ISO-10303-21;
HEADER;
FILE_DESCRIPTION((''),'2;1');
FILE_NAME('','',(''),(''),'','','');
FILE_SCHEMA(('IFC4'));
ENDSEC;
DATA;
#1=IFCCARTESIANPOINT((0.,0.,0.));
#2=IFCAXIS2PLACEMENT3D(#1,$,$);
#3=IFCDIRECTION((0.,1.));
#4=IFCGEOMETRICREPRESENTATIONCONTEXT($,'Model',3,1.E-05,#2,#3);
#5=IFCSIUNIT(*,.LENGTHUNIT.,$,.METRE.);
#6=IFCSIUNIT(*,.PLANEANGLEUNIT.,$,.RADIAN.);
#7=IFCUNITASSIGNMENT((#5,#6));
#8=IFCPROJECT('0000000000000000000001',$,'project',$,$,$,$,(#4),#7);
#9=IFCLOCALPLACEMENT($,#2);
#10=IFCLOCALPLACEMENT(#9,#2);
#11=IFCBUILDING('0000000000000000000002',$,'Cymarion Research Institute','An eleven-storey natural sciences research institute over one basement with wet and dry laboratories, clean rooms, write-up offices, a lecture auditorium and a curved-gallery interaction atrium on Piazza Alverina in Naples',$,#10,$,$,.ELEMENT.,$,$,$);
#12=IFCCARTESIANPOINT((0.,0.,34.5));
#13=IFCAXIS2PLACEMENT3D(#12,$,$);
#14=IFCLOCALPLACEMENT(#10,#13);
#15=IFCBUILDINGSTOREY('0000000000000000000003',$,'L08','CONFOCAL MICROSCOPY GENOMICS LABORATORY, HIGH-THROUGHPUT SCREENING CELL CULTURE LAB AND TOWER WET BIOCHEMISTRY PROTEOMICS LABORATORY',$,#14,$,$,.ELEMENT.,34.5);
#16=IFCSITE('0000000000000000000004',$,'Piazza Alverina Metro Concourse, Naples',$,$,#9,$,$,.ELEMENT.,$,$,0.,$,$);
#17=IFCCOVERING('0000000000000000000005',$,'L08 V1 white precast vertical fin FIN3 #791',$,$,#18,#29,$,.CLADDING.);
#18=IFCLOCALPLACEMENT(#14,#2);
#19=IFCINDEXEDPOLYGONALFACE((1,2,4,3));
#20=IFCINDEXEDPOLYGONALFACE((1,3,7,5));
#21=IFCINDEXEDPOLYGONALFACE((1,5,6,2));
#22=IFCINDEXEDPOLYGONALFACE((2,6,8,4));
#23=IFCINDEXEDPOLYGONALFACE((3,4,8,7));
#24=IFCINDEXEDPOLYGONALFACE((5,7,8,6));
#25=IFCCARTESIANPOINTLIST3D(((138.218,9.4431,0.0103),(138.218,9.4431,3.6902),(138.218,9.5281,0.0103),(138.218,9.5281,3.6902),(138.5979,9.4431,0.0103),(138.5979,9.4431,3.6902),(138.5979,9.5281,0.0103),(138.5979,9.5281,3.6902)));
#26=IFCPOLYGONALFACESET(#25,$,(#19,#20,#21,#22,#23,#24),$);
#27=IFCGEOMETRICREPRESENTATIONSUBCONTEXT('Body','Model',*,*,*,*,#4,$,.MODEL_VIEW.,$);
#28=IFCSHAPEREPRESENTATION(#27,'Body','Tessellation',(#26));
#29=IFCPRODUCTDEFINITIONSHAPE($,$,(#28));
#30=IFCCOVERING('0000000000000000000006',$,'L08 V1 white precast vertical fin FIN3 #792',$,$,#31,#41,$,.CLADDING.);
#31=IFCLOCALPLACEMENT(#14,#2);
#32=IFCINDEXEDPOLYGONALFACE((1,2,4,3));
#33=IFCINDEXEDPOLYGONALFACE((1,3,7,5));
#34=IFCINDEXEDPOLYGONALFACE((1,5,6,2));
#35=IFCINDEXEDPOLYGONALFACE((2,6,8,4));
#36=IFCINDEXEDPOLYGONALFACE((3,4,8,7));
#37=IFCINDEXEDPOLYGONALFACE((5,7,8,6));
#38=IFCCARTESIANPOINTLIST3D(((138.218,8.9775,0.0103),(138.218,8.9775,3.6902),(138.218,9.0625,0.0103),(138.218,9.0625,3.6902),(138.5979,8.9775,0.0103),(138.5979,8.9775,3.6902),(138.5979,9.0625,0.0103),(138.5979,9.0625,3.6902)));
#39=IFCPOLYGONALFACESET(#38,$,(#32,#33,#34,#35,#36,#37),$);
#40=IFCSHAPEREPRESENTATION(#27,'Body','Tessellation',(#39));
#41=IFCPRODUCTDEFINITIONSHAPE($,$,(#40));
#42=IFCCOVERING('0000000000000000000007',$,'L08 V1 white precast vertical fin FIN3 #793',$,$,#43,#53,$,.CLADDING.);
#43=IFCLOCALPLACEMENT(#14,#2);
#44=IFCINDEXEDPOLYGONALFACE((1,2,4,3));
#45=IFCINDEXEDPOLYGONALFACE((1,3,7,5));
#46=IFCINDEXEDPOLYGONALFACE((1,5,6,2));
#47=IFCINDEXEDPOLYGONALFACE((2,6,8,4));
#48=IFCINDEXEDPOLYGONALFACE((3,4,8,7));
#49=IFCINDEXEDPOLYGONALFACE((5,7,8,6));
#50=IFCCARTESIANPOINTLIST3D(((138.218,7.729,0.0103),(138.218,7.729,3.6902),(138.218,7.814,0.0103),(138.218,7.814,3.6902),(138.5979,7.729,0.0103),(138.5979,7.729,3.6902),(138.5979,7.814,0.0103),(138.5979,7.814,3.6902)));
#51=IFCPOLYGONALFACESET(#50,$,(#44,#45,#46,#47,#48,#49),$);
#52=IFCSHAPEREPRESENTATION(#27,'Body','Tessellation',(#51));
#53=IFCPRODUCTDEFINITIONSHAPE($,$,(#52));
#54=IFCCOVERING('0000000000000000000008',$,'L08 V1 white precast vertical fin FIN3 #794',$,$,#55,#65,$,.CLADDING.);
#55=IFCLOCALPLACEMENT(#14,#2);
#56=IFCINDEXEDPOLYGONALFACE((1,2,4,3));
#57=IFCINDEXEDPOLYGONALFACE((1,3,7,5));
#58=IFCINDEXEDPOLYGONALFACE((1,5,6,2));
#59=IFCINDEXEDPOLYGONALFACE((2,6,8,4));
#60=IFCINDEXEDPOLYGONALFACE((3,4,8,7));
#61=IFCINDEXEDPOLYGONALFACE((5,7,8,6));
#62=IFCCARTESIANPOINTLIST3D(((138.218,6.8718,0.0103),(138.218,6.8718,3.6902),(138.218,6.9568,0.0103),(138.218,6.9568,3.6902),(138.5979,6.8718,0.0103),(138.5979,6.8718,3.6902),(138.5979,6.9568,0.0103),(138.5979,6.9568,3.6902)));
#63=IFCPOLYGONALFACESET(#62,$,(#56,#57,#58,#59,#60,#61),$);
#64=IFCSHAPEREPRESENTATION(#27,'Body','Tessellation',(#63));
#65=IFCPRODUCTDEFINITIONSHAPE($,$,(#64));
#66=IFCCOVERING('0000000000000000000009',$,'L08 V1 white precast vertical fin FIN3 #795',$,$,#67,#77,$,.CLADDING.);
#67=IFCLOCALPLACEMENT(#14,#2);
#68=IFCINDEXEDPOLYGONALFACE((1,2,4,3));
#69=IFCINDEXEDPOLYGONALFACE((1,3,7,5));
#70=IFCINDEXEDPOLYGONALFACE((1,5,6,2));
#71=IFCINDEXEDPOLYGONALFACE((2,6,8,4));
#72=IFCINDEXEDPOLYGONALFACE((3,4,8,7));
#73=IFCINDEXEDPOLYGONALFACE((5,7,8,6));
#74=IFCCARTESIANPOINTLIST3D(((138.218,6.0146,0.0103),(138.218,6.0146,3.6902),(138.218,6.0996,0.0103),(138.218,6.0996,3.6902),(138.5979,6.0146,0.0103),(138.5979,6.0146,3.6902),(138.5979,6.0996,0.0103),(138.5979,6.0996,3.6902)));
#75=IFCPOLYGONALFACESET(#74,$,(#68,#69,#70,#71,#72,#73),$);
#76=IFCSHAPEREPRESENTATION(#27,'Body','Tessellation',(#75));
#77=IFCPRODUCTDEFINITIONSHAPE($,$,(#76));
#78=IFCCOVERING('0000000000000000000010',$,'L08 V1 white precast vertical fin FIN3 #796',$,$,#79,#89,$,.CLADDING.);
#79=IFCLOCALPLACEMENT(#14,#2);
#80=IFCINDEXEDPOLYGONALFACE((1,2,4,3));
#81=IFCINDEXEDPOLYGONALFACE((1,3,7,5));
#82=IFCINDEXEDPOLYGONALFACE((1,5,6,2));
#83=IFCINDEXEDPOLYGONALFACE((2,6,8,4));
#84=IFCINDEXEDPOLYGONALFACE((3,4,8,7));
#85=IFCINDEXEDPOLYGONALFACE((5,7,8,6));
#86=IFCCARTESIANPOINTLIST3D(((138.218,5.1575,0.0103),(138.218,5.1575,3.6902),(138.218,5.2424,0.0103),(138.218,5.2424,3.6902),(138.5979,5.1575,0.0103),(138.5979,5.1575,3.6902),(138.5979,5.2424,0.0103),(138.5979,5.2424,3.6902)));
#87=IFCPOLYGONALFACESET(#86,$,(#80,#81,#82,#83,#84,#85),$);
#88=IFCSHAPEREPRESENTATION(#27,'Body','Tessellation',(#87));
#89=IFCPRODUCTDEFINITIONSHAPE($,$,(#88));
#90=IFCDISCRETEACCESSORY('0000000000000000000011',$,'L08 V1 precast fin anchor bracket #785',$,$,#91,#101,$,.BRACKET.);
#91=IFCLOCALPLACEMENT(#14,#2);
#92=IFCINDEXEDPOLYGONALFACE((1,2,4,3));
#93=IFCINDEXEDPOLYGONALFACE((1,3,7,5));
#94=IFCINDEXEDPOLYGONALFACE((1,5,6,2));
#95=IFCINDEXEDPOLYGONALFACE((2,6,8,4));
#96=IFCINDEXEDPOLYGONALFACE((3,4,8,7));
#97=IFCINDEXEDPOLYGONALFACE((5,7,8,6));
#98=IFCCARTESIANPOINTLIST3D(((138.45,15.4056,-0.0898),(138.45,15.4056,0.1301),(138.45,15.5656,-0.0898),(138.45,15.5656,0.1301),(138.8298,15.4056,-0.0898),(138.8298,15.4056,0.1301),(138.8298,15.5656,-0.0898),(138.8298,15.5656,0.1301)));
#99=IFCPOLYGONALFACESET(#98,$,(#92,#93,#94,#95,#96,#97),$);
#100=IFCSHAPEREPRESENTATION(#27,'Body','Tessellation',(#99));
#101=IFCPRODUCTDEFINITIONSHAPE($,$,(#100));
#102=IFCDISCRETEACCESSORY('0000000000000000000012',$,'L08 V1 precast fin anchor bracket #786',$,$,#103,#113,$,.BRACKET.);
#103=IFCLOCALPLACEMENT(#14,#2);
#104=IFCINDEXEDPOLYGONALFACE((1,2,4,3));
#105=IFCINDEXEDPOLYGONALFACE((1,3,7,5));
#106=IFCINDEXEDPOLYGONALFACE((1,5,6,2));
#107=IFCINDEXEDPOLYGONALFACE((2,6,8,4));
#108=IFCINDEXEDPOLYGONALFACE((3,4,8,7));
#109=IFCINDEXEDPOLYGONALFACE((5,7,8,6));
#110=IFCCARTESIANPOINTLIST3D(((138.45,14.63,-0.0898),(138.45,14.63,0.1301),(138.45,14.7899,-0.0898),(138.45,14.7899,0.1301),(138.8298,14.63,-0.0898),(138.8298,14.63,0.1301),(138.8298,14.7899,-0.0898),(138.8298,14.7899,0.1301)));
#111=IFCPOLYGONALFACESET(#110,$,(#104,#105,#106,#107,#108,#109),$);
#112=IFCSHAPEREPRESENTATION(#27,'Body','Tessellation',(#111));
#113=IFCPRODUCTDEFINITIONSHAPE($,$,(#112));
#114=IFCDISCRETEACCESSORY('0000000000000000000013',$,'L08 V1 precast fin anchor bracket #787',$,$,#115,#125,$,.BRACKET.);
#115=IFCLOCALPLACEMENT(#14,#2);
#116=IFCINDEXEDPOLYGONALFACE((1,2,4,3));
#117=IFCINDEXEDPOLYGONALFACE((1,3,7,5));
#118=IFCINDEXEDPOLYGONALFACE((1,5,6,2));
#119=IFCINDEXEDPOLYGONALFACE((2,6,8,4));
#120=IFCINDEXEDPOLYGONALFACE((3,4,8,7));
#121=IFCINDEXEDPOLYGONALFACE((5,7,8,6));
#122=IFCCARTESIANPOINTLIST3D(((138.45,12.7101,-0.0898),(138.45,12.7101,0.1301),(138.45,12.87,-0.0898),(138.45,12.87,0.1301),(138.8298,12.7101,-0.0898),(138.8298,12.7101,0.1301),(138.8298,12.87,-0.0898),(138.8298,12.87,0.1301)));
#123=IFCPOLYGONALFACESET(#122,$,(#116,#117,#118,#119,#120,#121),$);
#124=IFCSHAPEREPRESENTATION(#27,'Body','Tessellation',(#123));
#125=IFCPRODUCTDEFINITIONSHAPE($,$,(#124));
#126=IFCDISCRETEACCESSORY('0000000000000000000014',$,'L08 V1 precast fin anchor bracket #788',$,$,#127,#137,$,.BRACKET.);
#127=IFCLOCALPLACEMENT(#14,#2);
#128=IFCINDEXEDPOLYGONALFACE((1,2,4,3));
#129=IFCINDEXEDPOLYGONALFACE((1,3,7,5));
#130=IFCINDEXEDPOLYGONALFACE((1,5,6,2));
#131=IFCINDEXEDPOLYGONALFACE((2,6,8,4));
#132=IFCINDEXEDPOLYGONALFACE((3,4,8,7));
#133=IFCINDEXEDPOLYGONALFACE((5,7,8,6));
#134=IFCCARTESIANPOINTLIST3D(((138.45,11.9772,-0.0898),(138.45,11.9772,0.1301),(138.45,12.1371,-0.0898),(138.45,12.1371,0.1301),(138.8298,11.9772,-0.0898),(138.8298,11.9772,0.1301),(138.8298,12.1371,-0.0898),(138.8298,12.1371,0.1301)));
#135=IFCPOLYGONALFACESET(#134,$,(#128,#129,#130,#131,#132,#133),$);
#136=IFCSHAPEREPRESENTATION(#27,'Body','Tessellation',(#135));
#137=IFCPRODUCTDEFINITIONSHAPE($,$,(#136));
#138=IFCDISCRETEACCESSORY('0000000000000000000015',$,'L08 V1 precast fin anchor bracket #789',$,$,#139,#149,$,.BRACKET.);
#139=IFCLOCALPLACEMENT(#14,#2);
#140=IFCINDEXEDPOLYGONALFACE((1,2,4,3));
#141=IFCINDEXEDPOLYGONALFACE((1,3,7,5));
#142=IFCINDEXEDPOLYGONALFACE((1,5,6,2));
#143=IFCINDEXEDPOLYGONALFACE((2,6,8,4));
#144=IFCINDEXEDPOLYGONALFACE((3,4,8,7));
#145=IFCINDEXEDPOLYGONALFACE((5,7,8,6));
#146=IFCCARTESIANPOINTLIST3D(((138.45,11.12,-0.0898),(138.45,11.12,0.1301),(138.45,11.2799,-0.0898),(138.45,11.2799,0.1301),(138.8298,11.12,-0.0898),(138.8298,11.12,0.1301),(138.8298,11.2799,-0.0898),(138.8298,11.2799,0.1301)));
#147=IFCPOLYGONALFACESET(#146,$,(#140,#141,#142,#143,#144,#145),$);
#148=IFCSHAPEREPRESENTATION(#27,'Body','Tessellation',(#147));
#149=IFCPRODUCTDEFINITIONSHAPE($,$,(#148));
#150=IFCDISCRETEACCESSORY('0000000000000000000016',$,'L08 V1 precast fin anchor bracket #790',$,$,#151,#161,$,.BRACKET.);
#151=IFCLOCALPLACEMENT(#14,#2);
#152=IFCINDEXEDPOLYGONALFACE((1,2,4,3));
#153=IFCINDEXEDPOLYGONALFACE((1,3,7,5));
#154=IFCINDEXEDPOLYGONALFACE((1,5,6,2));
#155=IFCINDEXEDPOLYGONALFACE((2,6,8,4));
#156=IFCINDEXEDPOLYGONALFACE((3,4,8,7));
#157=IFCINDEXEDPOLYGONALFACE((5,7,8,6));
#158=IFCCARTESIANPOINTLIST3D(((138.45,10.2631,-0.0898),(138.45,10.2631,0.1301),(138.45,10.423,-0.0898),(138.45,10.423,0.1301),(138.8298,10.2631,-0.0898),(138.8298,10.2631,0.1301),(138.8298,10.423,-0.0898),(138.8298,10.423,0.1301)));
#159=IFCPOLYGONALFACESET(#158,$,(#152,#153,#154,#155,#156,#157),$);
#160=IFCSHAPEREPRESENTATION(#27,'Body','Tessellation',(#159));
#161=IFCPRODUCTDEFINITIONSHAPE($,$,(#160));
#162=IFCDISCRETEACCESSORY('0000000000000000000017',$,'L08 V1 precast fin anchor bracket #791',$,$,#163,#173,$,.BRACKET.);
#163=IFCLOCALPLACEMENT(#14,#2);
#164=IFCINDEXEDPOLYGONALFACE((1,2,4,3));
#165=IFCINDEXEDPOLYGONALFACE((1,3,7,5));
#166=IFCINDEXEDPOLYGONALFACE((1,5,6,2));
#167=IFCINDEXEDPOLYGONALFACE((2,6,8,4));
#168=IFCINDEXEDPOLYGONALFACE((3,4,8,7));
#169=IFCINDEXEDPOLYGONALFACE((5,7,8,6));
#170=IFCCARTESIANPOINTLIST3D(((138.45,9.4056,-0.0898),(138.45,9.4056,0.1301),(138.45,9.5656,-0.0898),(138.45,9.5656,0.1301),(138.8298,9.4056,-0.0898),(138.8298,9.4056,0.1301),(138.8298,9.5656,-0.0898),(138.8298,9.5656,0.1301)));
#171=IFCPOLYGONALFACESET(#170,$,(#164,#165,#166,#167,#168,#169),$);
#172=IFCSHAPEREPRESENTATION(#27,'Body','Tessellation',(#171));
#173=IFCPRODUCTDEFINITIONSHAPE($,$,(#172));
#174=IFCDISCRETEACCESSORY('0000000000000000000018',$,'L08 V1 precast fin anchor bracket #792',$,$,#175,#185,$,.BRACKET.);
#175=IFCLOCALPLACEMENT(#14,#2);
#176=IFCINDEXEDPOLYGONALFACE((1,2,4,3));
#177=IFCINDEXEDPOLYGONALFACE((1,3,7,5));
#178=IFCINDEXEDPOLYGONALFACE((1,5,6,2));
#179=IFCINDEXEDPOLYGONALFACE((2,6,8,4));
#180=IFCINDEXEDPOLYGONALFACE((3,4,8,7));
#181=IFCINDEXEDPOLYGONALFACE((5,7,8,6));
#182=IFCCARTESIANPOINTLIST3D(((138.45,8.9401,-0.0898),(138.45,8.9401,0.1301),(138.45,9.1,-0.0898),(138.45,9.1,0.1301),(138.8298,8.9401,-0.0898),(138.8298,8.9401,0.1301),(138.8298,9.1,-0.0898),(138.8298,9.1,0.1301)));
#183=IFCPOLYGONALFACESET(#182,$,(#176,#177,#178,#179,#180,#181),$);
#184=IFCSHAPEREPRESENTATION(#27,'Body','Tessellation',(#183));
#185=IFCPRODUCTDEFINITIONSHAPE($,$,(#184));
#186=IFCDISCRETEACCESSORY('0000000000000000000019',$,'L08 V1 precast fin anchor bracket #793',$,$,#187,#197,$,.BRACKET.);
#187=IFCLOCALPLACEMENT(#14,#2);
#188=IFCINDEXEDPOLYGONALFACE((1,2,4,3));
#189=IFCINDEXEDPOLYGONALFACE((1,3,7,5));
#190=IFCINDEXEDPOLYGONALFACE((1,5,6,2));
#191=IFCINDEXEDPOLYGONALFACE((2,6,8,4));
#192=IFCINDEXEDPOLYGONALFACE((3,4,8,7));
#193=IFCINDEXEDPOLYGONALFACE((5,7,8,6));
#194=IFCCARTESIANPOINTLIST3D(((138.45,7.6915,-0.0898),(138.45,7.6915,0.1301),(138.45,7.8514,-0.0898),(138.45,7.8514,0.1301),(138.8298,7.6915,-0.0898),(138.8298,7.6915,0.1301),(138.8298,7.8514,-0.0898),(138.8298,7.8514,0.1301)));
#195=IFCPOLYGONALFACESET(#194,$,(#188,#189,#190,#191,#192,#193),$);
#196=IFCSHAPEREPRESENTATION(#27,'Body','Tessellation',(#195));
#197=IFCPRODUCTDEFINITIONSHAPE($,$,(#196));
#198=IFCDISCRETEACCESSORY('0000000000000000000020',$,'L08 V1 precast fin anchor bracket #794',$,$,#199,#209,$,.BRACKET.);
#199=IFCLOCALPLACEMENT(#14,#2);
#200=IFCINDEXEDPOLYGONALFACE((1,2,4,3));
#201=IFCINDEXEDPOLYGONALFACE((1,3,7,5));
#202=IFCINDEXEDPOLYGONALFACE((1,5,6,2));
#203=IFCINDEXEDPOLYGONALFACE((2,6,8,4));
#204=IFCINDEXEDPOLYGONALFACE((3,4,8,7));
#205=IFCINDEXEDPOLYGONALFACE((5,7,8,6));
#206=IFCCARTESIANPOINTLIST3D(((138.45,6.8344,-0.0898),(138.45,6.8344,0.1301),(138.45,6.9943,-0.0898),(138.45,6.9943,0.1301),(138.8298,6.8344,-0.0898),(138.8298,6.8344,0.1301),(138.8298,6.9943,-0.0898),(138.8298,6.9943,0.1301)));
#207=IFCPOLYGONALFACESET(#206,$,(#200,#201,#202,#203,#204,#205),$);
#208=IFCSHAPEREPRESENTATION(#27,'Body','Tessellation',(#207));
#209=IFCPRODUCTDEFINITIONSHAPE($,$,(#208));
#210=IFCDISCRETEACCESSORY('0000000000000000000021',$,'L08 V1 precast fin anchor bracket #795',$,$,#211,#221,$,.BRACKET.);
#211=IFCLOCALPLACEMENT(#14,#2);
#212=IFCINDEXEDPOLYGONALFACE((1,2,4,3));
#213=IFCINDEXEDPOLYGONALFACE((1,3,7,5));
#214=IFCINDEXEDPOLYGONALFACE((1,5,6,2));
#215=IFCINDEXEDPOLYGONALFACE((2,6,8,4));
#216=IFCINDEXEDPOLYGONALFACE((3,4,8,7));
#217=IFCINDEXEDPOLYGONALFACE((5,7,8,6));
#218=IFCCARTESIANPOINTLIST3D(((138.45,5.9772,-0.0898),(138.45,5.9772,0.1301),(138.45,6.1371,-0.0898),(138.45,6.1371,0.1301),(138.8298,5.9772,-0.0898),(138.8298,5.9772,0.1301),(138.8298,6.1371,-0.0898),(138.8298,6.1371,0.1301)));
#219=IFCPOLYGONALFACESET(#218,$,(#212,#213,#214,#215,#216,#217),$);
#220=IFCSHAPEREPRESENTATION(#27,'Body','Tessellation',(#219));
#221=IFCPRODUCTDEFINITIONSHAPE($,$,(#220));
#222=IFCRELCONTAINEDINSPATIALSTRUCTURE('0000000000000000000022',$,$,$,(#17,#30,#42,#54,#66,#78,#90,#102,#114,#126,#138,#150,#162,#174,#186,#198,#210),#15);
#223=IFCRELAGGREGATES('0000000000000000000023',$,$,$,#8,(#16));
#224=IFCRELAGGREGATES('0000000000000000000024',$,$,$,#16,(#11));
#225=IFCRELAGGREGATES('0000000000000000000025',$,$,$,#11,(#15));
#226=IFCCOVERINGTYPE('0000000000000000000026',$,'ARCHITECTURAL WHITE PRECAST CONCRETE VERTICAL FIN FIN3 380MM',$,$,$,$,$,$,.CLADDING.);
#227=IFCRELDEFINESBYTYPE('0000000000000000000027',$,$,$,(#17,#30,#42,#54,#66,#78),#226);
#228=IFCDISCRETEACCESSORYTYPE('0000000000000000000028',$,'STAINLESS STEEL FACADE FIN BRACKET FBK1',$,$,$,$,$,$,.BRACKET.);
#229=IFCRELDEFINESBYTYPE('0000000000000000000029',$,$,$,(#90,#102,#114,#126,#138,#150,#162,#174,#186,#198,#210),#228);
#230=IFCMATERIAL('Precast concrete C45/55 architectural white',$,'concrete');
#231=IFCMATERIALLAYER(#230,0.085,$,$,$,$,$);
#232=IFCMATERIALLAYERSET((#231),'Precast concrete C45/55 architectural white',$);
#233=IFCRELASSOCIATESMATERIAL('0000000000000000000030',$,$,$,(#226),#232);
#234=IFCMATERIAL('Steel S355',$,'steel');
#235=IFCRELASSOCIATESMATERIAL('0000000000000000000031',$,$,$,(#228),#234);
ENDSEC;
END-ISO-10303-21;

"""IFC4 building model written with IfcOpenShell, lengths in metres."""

from ifc_helpers import new_model, si_unit, direction, frame, origin, origin_2d, place, context, subcontext, project, spatial, rectangle, extrude, material, layer, layer_set, type_object, element, save


model = new_model("IFC4")

# Units and contexts
model_context = context("Model", 3, precision=1e-05, world=origin(), true_north=direction((0.0, 1.0)))
body_context = subcontext(model_context, "Body", "Model", "MODEL_VIEW")
ifc_project = project(units=[si_unit("LENGTHUNIT", "METRE"), si_unit("PLANEANGLEUNIT", "RADIAN")], contexts=[model_context])

# Site, building, storey
site_placement = place(None, origin())
site = spatial("IfcSite", under=ifc_project, at=site_placement, Name="Piazza Alverina Metro Concourse, Naples", CompositionType="ELEMENT", RefElevation=0.0)
building_placement = place(site_placement, origin())
building = spatial("IfcBuilding", under=site, at=building_placement, Name="Cymarion Research Institute", Description="An eleven-storey natural sciences research institute over one basement with wet and dry laboratories, clean rooms, write-up offices, a lecture auditorium and a curved-gallery interaction atrium on Piazza Alverina in Naples", CompositionType="ELEMENT")
storey_placement = place(building_placement, frame((0.0, 0.0, 34.5)))
storey = spatial("IfcBuildingStorey", under=building, at=storey_placement, Name="L08", Description="CONFOCAL MICROSCOPY GENOMICS LABORATORY, HIGH-THROUGHPUT SCREENING CELL CULTURE LAB AND TOWER WET BIOCHEMISTRY PROTEOMICS LABORATORY", CompositionType="ELEMENT", Elevation=34.5)

# Shared definitions
ifc_material_1 = material(Name="Steel S355", Category="steel")

# Coverings
ifc_material_2 = material(Name="Precast concrete C45/55 architectural white", Category="concrete")
ifc_layer = layer(ifc_material_2, 0.085)
ifc_layer_set = layer_set([ifc_layer], Name="Precast concrete C45/55 architectural white")
covering_type = type_object("IfcCoveringType", Name="ARCHITECTURAL WHITE PRECAST CONCRETE VERTICAL FIN FIN3 380MM", PredefinedType="CLADDING", material=ifc_layer_set)
for number, where, z_axis, x_axis, name in (
    (1, (138.408, 9.4856, 0.0103), (0.0, 0.0, 1.0), (-1.0, 0.0, 0.0), "L08 V1 white precast vertical fin FIN3 #791"),
    (2, (138.408, 9.02, 0.0103), (0.0, 0.0, 1.0), (-1.0, 0.0, 0.0), "L08 V1 white precast vertical fin FIN3 #792"),
    (3, (138.408, 7.7715, 0.0103), (0.0, 0.0, 1.0), (-1.0, 0.0, 0.0), "L08 V1 white precast vertical fin FIN3 #793"),
    (4, (138.408, 6.9143, 0.0103), (0.0, 0.0, 1.0), (-1.0, 0.0, 0.0), "L08 V1 white precast vertical fin FIN3 #794"),
    (5, (138.408, 6.0571, 0.0103), (0.0, 0.0, 1.0), (-1.0, 0.0, 0.0), "L08 V1 white precast vertical fin FIN3 #795"),
    (6, (138.408, 5.2, 0.0103), (0.0, 0.0, 1.0), (-1.0, 0.0, 0.0), "L08 V1 white precast vertical fin FIN3 #796"),
):
    element("IfcCovering", number, at=place(storey_placement, frame(where, z_axis=z_axis, x_axis=x_axis)), inside=storey, type_object=covering_type, Name=name, PredefinedType="CLADDING", context=body_context, shape_type="SweptSolid", body=[
        extrude(rectangle(XDim=0.3799, YDim=0.085, at=origin_2d()), origin(), (0.0, 0.0, 1.0), 3.6799),
    ])

# Discrete accessories
discrete_accessory_type = type_object("IfcDiscreteAccessoryType", Name="STAINLESS STEEL FACADE FIN BRACKET FBK1", PredefinedType="BRACKET", material=ifc_material_1)
for number, where, z_axis, x_axis, name in (
    (7, (138.6399, 15.4856, -0.0898), (0.0, 0.0, 1.0), (-1.0, 0.0, 0.0), "L08 V1 precast fin anchor bracket #785"),
    (8, (138.6399, 14.71, -0.0898), (0.0, 0.0, 1.0), (-1.0, 0.0, 0.0), "L08 V1 precast fin anchor bracket #786"),
    (9, (138.6399, 12.79, -0.0898), (0.0, 0.0, 1.0), (-1.0, 0.0, 0.0), "L08 V1 precast fin anchor bracket #787"),
    (10, (138.6399, 12.0571, -0.0898), (0.0, 0.0, 1.0), (-1.0, 0.0, 0.0), "L08 V1 precast fin anchor bracket #788"),
    (11, (138.6399, 11.2, -0.0898), (0.0, 0.0, 1.0), (-1.0, 0.0, 0.0), "L08 V1 precast fin anchor bracket #789"),
    (12, (138.6399, 10.343, -0.0898), (0.0, 0.0, 1.0), (-1.0, 0.0, 0.0), "L08 V1 precast fin anchor bracket #790"),
    (13, (138.6399, 9.4856, -0.0898), (0.0, 0.0, 1.0), (-1.0, 0.0, 0.0), "L08 V1 precast fin anchor bracket #791"),
    (14, (138.6399, 9.02, -0.0898), (0.0, 0.0, 1.0), (-1.0, 0.0, 0.0), "L08 V1 precast fin anchor bracket #792"),
    (15, (138.6399, 7.7715, -0.0898), (0.0, 0.0, 1.0), (-1.0, 0.0, 0.0), "L08 V1 precast fin anchor bracket #793"),
    (16, (138.6399, 6.9143, -0.0898), (0.0, 0.0, 1.0), (-1.0, 0.0, 0.0), "L08 V1 precast fin anchor bracket #794"),
    (17, (138.6399, 6.0571, -0.0898), (0.0, 0.0, 1.0), (-1.0, 0.0, 0.0), "L08 V1 precast fin anchor bracket #795"),
):
    element("IfcDiscreteAccessory", number, at=place(storey_placement, frame(where, z_axis=z_axis, x_axis=x_axis)), inside=storey, type_object=discrete_accessory_type, Name=name, PredefinedType="BRACKET", context=body_context, shape_type="SweptSolid", body=[
        extrude(rectangle(XDim=0.3799, YDim=0.1599, at=origin_2d()), origin(), (0.0, 0.0, 1.0), 0.22),
    ])

save(model, "model.ifc")
